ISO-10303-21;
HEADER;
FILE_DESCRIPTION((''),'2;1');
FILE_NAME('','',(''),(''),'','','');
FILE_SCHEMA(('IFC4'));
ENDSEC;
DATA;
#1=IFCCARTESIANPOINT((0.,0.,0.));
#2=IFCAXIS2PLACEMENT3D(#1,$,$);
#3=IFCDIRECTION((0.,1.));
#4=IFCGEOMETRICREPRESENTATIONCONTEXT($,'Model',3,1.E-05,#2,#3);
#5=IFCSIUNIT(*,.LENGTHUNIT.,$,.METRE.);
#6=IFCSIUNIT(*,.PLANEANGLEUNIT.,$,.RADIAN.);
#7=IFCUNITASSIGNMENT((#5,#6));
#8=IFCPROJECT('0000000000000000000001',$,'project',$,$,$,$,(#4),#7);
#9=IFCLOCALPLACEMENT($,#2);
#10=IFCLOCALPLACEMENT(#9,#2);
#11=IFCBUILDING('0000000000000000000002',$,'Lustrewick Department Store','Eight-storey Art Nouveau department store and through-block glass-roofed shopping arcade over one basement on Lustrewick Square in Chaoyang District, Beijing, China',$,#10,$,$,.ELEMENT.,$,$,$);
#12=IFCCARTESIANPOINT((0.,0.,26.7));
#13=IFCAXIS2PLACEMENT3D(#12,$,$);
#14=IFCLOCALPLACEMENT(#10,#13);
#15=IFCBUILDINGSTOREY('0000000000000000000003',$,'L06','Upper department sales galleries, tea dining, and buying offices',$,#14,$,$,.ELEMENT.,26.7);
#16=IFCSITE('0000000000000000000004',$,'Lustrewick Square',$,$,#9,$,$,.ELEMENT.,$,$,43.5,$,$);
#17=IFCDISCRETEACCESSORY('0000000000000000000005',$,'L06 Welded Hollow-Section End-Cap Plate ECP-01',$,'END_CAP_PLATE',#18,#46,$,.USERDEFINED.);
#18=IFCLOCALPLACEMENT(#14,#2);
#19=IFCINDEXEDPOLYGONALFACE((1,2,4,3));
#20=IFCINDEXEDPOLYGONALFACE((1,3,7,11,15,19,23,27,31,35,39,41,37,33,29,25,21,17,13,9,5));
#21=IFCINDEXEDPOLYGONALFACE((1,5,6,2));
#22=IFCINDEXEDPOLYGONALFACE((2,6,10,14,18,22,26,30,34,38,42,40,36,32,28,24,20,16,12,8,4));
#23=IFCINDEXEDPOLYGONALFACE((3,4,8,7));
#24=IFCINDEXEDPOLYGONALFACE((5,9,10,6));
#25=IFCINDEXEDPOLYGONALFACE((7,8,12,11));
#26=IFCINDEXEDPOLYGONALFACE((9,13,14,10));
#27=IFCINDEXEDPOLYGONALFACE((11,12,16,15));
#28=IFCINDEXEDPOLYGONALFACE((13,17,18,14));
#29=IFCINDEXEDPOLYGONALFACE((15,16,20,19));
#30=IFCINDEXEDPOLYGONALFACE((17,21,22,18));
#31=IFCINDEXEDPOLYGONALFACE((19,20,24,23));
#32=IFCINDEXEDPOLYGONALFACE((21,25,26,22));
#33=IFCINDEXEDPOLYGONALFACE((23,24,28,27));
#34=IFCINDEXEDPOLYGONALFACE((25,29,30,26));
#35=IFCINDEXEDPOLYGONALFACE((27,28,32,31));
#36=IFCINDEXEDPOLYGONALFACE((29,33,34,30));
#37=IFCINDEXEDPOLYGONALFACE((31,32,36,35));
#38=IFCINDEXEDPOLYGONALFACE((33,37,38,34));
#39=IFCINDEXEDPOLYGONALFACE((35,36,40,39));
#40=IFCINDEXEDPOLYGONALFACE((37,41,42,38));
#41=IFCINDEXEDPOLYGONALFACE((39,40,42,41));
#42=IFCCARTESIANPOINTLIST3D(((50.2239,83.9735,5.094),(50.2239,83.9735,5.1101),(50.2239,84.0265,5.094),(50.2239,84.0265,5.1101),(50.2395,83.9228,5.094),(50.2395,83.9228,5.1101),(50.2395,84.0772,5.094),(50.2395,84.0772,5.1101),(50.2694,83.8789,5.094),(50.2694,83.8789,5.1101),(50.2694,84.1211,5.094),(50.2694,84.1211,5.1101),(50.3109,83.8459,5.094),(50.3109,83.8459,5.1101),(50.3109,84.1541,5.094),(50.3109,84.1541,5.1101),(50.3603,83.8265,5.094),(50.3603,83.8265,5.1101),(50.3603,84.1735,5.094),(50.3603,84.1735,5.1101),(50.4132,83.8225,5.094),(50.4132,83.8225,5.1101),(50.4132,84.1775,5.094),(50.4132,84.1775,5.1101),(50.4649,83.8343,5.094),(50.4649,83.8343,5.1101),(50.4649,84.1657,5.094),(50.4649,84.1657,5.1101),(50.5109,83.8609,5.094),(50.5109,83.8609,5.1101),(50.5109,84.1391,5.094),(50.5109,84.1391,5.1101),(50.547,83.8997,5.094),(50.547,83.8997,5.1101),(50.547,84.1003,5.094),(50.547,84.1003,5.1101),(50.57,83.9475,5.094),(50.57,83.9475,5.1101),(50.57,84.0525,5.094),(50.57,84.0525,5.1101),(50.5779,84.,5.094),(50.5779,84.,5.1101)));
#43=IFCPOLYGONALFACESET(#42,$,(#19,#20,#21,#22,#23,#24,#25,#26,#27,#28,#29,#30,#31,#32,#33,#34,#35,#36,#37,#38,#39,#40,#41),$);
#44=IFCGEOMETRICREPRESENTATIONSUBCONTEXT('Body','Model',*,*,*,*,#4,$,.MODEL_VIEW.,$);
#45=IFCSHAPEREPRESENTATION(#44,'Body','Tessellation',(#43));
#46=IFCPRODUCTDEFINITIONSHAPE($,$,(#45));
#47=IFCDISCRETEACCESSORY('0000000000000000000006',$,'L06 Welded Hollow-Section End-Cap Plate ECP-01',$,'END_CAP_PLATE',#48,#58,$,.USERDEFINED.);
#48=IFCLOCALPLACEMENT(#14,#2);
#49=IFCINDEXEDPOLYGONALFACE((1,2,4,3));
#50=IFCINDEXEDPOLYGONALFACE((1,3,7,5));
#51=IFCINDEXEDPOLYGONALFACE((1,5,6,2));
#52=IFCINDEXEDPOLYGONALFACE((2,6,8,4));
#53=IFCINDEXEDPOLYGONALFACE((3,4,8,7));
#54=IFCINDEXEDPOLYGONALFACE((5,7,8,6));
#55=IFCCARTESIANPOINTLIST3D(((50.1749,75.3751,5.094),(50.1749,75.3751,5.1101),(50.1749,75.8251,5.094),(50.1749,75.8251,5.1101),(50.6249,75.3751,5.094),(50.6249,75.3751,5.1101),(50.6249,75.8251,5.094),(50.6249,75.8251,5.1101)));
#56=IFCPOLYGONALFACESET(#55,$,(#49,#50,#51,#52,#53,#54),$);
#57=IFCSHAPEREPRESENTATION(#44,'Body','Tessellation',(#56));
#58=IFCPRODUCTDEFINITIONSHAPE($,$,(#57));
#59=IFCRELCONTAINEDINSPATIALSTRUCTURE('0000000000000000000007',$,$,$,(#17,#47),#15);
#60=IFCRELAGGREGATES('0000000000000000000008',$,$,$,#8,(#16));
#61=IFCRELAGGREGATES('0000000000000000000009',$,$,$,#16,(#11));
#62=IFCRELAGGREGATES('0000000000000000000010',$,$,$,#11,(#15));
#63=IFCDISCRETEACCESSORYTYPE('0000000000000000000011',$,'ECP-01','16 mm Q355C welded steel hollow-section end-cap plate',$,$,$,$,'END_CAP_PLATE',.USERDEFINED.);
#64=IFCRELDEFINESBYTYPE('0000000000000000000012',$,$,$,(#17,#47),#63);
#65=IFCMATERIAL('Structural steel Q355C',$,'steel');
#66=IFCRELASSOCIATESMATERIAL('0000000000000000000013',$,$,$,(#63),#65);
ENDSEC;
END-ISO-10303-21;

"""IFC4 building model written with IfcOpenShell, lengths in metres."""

from ifc_helpers import new_model, si_unit, direction, frame, origin, origin_2d, place, context, subcontext, project, spatial, rectangle, circle, extrude, material, type_object, element, save


model = new_model("IFC4")

# Units and contexts
model_context = context("Model", 3, precision=1e-05, world=origin(), true_north=direction((0.0, 1.0)))
body_context = subcontext(model_context, "Body", "Model", "MODEL_VIEW")
ifc_project = project(units=[si_unit("LENGTHUNIT", "METRE"), si_unit("PLANEANGLEUNIT", "RADIAN")], contexts=[model_context])

# Site, building, storey
site_placement = place(None, origin())
site = spatial("IfcSite", under=ifc_project, at=site_placement, Name="Lustrewick Square", CompositionType="ELEMENT", RefElevation=43.5)
building_placement = place(site_placement, origin())
building = spatial("IfcBuilding", under=site, at=building_placement, Name="Lustrewick Department Store", Description="Eight-storey Art Nouveau department store and through-block glass-roofed shopping arcade over one basement on Lustrewick Square in Chaoyang District, Beijing, China", CompositionType="ELEMENT")
storey_placement = place(building_placement, frame((0.0, 0.0, 26.7)))
storey = spatial("IfcBuildingStorey", under=building, at=storey_placement, Name="L06", Description="Upper department sales galleries, tea dining, and buying offices", CompositionType="ELEMENT", Elevation=26.7)

# Shared definitions
ifc_material_1 = material(Name="Structural steel Q355C", Category="steel")

# Discrete accessories
discrete_accessory_type = type_object("IfcDiscreteAccessoryType", Name="ECP-01", Description="16 mm Q355C welded steel hollow-section end-cap plate", ElementType="END_CAP_PLATE", PredefinedType="USERDEFINED", material=ifc_material_1)
discrete_accessory_1_placement = place(storey_placement, frame((50.3999, 84.0, 5.094), z_axis=(0.0, 0.0, 1.0), x_axis=(1.0, 0.0, 0.0)))
element("IfcDiscreteAccessory", 1, at=discrete_accessory_1_placement, inside=storey, type_object=discrete_accessory_type, Name="L06 Welded Hollow-Section End-Cap Plate ECP-01", ObjectType="END_CAP_PLATE", PredefinedType="USERDEFINED", context=body_context, shape_type="SweptSolid", body=[
    extrude(circle(Radius=0.178, at=origin_2d()), origin(), (0.0, 0.0, 1.0), 0.0161),
])
discrete_accessory_2_placement = place(storey_placement, frame((50.3999, 75.6001, 5.094), z_axis=(0.0, 0.0, 1.0), x_axis=(1.0, 0.0, 0.0)))
element("IfcDiscreteAccessory", 2, at=discrete_accessory_2_placement, inside=storey, type_object=discrete_accessory_type, Name="L06 Welded Hollow-Section End-Cap Plate ECP-01", ObjectType="END_CAP_PLATE", PredefinedType="USERDEFINED", context=body_context, shape_type="SweptSolid", body=[
    extrude(rectangle(XDim=0.45, YDim=0.45, at=origin_2d()), origin(), (0.0, 0.0, 1.0), 0.0161),
])

save(model, "model.ifc")
